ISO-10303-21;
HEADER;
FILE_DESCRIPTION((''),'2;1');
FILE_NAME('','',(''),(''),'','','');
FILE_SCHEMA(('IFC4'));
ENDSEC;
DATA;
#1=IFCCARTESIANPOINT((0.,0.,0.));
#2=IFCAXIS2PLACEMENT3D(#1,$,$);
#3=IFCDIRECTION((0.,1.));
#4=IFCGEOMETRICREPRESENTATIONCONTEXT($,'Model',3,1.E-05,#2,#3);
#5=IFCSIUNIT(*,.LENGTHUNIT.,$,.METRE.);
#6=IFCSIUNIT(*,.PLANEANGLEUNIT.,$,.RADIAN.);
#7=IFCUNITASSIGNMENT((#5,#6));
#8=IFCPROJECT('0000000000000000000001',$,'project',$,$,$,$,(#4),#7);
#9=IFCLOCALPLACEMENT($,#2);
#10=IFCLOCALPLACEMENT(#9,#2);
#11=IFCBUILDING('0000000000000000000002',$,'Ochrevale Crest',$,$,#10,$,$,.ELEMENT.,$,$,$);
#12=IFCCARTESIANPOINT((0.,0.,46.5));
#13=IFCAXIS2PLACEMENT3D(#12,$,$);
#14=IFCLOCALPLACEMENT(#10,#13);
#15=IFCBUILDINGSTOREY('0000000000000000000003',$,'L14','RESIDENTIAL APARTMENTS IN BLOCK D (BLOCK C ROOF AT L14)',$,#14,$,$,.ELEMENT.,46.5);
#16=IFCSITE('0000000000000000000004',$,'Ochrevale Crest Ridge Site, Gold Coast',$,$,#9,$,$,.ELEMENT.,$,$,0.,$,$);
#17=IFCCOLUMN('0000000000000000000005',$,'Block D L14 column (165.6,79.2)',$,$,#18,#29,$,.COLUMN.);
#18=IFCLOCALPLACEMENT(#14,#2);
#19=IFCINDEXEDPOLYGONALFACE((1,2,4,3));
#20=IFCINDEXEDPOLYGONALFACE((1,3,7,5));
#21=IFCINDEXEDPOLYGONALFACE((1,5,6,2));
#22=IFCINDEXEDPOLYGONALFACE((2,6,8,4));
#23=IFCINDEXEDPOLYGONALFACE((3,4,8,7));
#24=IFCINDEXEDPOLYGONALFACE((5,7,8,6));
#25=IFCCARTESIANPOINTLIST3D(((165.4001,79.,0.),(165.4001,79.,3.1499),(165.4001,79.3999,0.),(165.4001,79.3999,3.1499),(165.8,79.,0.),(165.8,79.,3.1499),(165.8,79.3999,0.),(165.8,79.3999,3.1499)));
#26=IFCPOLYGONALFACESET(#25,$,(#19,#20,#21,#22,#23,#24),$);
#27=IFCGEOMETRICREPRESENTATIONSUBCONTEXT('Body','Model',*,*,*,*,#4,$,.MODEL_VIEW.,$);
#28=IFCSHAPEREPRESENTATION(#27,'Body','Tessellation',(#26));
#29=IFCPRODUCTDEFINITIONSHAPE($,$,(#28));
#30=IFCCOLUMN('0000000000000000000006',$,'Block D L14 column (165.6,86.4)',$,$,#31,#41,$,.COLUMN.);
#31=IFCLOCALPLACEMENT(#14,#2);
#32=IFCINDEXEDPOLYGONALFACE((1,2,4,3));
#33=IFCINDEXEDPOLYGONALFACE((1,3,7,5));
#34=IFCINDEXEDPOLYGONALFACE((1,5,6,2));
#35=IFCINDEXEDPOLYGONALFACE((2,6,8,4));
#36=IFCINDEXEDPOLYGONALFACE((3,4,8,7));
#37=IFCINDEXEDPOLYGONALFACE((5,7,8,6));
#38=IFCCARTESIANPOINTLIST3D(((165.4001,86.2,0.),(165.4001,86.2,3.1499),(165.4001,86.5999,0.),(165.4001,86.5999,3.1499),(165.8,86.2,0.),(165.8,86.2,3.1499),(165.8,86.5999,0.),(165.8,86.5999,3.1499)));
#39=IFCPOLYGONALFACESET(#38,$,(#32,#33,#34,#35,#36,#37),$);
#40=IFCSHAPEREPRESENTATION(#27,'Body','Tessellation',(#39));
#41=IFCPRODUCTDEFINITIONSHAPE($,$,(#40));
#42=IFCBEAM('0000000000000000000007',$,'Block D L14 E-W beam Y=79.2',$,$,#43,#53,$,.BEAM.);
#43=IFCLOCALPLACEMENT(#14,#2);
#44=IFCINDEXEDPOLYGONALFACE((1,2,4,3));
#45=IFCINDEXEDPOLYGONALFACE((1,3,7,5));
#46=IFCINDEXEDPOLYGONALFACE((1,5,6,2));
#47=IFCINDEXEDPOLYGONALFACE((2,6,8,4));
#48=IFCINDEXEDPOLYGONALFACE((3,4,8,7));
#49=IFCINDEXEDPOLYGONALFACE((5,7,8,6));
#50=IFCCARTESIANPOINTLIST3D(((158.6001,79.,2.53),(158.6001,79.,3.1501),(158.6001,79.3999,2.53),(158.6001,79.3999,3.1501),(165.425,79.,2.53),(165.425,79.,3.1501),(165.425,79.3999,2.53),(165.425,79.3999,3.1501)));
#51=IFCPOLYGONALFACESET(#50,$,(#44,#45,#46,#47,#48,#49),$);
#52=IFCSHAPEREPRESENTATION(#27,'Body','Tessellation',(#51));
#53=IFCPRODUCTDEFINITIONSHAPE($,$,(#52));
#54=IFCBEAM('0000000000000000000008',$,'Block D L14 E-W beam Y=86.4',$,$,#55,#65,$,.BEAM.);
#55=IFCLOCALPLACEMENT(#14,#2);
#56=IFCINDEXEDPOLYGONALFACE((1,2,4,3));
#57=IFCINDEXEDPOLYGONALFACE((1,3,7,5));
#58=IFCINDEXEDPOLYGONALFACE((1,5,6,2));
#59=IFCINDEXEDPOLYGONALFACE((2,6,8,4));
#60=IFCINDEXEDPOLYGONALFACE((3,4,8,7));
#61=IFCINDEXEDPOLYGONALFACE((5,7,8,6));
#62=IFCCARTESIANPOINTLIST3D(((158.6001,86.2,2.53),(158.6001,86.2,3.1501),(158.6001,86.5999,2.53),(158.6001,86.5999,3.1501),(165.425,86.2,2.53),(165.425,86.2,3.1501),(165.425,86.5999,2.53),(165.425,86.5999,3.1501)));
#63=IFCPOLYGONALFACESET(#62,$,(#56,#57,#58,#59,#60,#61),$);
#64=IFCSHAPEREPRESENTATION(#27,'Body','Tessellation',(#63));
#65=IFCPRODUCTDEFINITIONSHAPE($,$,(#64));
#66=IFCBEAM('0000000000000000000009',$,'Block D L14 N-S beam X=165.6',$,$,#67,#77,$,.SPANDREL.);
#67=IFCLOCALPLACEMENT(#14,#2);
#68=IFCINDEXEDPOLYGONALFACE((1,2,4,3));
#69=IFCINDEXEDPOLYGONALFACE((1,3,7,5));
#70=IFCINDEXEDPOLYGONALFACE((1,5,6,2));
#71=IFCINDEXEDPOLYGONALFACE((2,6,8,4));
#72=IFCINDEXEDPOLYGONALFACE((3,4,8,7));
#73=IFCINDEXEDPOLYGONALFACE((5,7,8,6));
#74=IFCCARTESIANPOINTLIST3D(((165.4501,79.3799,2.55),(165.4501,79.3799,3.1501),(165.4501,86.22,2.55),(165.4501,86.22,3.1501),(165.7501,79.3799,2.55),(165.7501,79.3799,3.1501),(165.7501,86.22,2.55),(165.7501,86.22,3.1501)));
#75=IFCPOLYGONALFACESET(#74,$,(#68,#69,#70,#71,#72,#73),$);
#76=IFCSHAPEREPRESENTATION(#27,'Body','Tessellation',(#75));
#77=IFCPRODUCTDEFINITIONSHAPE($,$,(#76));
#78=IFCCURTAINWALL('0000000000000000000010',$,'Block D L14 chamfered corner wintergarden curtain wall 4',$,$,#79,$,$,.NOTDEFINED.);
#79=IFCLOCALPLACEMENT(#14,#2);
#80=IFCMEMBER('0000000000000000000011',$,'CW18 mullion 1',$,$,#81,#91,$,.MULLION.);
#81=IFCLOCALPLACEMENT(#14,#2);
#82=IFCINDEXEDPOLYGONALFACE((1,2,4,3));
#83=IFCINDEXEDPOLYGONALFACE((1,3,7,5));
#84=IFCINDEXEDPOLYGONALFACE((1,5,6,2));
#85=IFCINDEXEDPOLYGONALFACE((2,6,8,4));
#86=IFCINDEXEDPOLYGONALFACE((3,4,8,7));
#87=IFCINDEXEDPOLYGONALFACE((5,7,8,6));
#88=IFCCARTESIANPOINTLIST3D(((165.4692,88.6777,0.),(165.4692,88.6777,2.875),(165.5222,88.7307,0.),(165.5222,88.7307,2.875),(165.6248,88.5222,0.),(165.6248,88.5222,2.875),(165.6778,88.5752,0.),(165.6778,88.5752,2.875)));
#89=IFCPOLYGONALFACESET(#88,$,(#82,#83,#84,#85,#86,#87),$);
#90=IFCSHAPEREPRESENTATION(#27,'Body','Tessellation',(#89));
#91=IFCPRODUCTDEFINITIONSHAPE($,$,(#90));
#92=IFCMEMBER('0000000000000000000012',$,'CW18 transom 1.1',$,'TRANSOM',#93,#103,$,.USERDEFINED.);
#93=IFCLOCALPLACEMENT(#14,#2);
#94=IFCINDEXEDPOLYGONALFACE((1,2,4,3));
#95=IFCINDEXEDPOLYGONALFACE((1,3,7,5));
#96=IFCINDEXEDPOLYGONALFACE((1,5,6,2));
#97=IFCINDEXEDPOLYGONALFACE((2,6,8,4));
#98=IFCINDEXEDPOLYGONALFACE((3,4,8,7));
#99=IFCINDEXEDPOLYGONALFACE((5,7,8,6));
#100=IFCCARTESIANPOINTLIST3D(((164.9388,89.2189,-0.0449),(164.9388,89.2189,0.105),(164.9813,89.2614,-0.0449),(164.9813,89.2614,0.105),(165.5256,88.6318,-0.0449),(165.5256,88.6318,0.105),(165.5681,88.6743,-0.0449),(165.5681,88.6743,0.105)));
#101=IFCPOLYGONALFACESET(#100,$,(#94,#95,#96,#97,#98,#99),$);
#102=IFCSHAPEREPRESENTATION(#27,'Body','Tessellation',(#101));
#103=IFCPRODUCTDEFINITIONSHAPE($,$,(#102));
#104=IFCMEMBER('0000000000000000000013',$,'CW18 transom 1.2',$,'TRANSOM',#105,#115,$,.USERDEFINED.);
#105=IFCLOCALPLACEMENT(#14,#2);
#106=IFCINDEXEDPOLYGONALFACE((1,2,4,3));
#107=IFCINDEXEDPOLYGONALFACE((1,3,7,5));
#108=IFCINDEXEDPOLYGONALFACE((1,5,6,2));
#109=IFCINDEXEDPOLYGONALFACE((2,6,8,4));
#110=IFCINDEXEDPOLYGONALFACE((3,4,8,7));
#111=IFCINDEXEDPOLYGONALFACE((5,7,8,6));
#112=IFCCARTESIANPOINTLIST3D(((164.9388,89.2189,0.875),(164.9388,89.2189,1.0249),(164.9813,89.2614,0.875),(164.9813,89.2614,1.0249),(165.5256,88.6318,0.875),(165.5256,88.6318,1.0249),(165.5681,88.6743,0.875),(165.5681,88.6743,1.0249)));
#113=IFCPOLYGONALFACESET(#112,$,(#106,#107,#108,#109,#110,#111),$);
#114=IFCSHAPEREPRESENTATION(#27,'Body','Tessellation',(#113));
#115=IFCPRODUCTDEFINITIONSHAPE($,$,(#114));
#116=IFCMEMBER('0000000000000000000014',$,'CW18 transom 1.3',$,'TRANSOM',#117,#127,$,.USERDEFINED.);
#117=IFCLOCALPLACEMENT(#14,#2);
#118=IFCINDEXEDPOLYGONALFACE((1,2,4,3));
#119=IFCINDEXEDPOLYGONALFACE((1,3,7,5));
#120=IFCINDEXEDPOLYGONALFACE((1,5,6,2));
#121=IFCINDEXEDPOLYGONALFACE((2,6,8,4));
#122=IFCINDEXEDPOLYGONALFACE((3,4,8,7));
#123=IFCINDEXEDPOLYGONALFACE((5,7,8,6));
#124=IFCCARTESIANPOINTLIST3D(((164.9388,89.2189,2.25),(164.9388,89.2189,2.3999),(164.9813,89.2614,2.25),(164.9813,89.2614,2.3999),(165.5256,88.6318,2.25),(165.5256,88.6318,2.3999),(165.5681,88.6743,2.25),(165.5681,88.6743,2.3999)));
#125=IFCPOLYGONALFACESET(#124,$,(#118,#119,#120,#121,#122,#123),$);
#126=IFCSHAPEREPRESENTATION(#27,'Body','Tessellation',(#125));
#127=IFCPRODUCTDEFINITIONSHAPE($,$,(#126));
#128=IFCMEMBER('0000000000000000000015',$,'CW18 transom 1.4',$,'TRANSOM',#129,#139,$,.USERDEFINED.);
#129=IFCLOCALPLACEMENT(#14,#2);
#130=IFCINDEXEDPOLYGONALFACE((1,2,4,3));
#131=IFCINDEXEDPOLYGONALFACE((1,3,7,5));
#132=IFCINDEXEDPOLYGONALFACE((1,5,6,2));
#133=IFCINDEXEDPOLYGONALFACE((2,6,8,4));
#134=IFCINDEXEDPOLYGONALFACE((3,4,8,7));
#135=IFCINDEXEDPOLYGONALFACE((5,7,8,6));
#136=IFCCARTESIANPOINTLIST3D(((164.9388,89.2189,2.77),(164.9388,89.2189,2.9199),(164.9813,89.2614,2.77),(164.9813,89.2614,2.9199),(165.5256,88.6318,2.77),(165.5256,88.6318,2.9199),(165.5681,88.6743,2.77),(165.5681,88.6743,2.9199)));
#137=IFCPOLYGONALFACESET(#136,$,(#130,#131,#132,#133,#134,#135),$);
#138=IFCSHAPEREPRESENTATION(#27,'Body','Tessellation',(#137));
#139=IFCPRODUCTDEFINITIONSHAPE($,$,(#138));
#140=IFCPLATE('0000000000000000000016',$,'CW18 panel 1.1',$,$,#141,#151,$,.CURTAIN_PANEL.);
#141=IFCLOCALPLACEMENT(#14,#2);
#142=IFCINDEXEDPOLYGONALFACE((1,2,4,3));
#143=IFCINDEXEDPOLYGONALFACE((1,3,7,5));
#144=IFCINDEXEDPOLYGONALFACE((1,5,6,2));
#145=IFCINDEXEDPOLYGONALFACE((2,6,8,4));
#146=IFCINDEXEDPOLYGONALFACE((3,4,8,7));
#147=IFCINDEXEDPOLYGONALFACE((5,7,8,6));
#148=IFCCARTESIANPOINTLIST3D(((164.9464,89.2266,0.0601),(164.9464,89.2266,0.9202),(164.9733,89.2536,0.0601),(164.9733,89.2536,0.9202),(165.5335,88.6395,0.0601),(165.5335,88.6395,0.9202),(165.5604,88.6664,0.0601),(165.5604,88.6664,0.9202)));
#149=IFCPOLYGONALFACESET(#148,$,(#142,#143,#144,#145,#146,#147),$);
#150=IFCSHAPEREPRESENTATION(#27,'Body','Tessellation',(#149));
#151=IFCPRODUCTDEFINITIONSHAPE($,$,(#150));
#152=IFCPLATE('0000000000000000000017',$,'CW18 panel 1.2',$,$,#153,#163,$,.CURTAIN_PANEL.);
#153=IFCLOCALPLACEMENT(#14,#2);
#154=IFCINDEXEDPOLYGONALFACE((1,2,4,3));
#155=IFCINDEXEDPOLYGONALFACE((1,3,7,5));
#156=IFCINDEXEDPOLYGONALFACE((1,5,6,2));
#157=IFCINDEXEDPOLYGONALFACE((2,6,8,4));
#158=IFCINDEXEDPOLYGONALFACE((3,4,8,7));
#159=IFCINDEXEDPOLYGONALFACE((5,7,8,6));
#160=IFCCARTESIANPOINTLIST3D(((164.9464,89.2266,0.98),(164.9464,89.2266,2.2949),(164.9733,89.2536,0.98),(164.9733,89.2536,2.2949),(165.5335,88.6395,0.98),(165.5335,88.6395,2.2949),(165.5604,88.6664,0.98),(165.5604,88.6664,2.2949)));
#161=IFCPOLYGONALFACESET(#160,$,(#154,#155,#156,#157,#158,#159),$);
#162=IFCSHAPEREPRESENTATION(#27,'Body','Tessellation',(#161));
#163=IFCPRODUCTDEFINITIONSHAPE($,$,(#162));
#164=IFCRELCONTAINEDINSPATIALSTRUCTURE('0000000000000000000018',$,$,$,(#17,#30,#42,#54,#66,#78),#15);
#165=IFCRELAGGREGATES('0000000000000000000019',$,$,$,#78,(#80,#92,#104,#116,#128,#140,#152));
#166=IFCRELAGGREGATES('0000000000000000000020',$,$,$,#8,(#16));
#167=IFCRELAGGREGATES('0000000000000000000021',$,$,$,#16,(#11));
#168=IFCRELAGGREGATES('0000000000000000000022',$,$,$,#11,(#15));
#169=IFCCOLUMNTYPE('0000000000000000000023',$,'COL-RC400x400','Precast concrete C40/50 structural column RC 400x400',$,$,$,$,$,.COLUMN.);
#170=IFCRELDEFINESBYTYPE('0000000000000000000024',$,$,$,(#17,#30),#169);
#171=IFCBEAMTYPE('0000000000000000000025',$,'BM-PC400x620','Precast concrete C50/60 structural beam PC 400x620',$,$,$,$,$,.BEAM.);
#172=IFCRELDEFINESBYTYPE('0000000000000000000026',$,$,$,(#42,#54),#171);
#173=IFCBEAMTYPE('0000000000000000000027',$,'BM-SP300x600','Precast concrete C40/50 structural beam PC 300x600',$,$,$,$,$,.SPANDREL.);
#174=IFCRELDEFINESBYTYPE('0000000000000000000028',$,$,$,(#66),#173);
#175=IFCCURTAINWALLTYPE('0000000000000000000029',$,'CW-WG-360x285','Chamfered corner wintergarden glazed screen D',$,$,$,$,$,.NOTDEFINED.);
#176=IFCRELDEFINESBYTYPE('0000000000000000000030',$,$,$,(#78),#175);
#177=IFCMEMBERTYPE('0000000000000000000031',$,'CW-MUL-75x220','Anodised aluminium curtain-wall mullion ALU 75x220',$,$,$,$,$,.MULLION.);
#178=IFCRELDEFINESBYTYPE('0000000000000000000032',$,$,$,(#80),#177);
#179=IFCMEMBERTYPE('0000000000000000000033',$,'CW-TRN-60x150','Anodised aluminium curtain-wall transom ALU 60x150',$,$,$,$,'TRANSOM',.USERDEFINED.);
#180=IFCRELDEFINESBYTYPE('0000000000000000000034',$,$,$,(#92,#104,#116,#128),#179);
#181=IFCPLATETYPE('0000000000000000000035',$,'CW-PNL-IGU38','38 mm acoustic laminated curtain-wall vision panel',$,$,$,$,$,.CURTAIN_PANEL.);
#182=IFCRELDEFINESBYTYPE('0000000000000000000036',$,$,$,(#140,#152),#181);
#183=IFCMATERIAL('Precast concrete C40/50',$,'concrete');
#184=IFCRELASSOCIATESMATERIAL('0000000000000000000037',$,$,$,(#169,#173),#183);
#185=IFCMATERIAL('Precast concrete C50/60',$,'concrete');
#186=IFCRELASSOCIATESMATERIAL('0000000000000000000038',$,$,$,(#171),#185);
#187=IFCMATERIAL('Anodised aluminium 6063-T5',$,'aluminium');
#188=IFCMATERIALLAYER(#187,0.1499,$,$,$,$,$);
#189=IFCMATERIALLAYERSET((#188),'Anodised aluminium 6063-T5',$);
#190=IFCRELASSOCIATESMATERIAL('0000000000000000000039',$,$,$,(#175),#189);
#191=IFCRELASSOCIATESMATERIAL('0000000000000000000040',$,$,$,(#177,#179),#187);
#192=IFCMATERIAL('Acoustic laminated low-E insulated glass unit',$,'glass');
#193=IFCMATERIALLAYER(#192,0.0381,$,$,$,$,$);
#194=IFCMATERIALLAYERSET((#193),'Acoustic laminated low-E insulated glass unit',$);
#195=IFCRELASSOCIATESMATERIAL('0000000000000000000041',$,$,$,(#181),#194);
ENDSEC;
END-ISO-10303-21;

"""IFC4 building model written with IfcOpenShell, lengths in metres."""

from ifc_helpers import new_model, si_unit, direction, frame, origin, origin_2d, place, context, subcontext, project, spatial, rectangle, extrude, material, layer, layer_set, material_profile, profile_set, type_object, element, aggregate, save


model = new_model("IFC4")

# Units and contexts
model_context = context("Model", 3, precision=1e-05, world=origin(), true_north=direction((0.0, 1.0)))
body_context = subcontext(model_context, "Body", "Model", "MODEL_VIEW")
ifc_project = project(units=[si_unit("LENGTHUNIT", "METRE"), si_unit("PLANEANGLEUNIT", "RADIAN")], contexts=[model_context])

# Site, building, storey
site_placement = place(None, origin())
site = spatial("IfcSite", under=ifc_project, at=site_placement, Name="Ochrevale Crest Ridge Site, Gold Coast", CompositionType="ELEMENT", RefElevation=0.0)
building_placement = place(site_placement, origin())
building = spatial("IfcBuilding", under=site, at=building_placement, Name="Ochrevale Crest", CompositionType="ELEMENT")
storey_placement = place(building_placement, frame((0.0, 0.0, 46.5)))
storey = spatial("IfcBuildingStorey", under=building, at=storey_placement, Name="L14", Description="RESIDENTIAL APARTMENTS IN BLOCK D (BLOCK C ROOF AT L14)", CompositionType="ELEMENT", Elevation=46.5)

# Columns
ifc_material_1 = material(Name="Precast concrete C40/50", Category="concrete")
ifc_material_profile_1 = material_profile(ifc_material_1, rectangle(XDim=0.3999, YDim=0.3999, at=origin_2d()), Name="RC 400x400")
ifc_profile_set_1 = profile_set([ifc_material_profile_1], Name="Precast concrete C40/50")
column_type = type_object("IfcColumnType", Name="COL-RC400x400", Description="Precast concrete C40/50 structural column RC 400x400", PredefinedType="COLUMN", material=ifc_profile_set_1)
for number, where, z_axis, x_axis, name in (
    (1, (165.6001, 79.2, 0.0), (0.0, 0.0, 1.0), (1.0, 0.0, 0.0), "Block D L14 column (165.6,79.2)"),
    (2, (165.6001, 86.3999, 0.0), (0.0, 0.0, 1.0), (1.0, 0.0, 0.0), "Block D L14 column (165.6,86.4)"),
):
    element("IfcColumn", number, at=place(storey_placement, frame(where, z_axis=z_axis, x_axis=x_axis)), inside=storey, type_object=column_type, Name=name, PredefinedType="COLUMN", context=body_context, shape_type="SweptSolid", body=[
        extrude(rectangle(XDim=0.3999, YDim=0.3999, at=origin_2d()), origin(), (0.0, 0.0, 1.0), 3.1499),
    ])

# Beams
ifc_material_2 = material(Name="Precast concrete C50/60", Category="concrete")
ifc_material_profile_2 = material_profile(ifc_material_2, rectangle(XDim=0.3999, YDim=0.6201, at=origin_2d()), Name="PC 400x620")
ifc_profile_set_2 = profile_set([ifc_material_profile_2], Name="Precast concrete C50/60")
beam_type_1 = type_object("IfcBeamType", Name="BM-PC400x620", Description="Precast concrete C50/60 structural beam PC 400x620", PredefinedType="BEAM", material=ifc_profile_set_2)
for number, where, z_axis, x_axis, name in (
    (3, (158.6001, 79.2, 2.8401), (1.0, 0.0, 0.0), (0.0, 1.0, 0.0), "Block D L14 E-W beam Y=79.2"),
    (4, (158.6001, 86.3999, 2.8401), (1.0, 0.0, 0.0), (0.0, 1.0, 0.0), "Block D L14 E-W beam Y=86.4"),
):
    element("IfcBeam", number, at=place(storey_placement, frame(where, z_axis=z_axis, x_axis=x_axis)), inside=storey, type_object=beam_type_1, Name=name, PredefinedType="BEAM", context=body_context, shape_type="SweptSolid", body=[
        extrude(rectangle(XDim=0.3999, YDim=0.6201, at=origin_2d()), origin(), (0.0, 0.0, 1.0), 6.825),
    ])
ifc_material_profile_3 = material_profile(ifc_material_1, rectangle(XDim=0.3, YDim=0.6001, at=origin_2d()), Name="PC 300x600")
ifc_profile_set_3 = profile_set([ifc_material_profile_3], Name="Precast concrete C40/50")
beam_type_2 = type_object("IfcBeamType", Name="BM-SP300x600", Description="Precast concrete C40/50 structural beam PC 300x600", PredefinedType="SPANDREL", material=ifc_profile_set_3)
beam_placement = place(storey_placement, frame((165.6001, 79.3799, 2.8501), z_axis=(0.0, 1.0, 0.0), x_axis=(-1.0, 0.0, 0.0)))
element("IfcBeam", 5, at=beam_placement, inside=storey, type_object=beam_type_2, Name="Block D L14 N-S beam X=165.6", PredefinedType="SPANDREL", context=body_context, shape_type="SweptSolid", body=[
    extrude(rectangle(XDim=0.3, YDim=0.6001, at=origin_2d()), origin(), (0.0, 0.0, 1.0), 6.8401),
])

# Curtain wall, members, plates
ifc_material_3 = material(Name="Anodised aluminium 6063-T5", Category="aluminium")
ifc_layer_1 = layer(ifc_material_3, 0.1499)
ifc_layer_set_1 = layer_set([ifc_layer_1], Name="Anodised aluminium 6063-T5")
curtain_wall_type = type_object("IfcCurtainWallType", Name="CW-WG-360x285", Description="Chamfered corner wintergarden glazed screen D", PredefinedType="NOTDEFINED", material=ifc_layer_set_1)
curtain_wall_placement = place(storey_placement, origin())
curtain_wall = element("IfcCurtainWall", 6, at=curtain_wall_placement, inside=storey, type_object=curtain_wall_type, Name="Block D L14 chamfered corner wintergarden curtain wall 4", PredefinedType="NOTDEFINED")
ifc_material_profile_4 = material_profile(ifc_material_3, rectangle(XDim=0.075, YDim=0.22, at=origin_2d()), Name="ALU 75x220")
ifc_profile_set_4 = profile_set([ifc_material_profile_4], Name="Anodised aluminium 6063-T5")
member_type_1 = type_object("IfcMemberType", Name="CW-MUL-75x220", Description="Anodised aluminium curtain-wall mullion ALU 75x220", PredefinedType="MULLION", material=ifc_profile_set_4)
member_1_placement = place(storey_placement, frame((165.5735, 88.6265, 0.0), z_axis=(0.0, 0.0, 1.0), x_axis=(-0.707107, -0.707107, 0.0)))
member_1 = element("IfcMember", 7, at=member_1_placement, type_object=member_type_1, Name="CW18 mullion 1", PredefinedType="MULLION", context=body_context, shape_type="SweptSolid", body=[
    extrude(rectangle(XDim=0.075, YDim=0.22, at=origin_2d()), origin(), (0.0, 0.0, 1.0), 2.875),
])
ifc_material_profile_5 = material_profile(ifc_material_3, rectangle(XDim=0.0601, YDim=0.1499, at=origin_2d()), Name="ALU 60x150")
ifc_profile_set_5 = profile_set([ifc_material_profile_5], Name="Anodised aluminium 6063-T5")
member_type_2 = type_object("IfcMemberType", Name="CW-TRN-60x150", Description="Anodised aluminium curtain-wall transom ALU 60x150", ElementType="TRANSOM", PredefinedType="USERDEFINED", material=ifc_profile_set_5)
member_2_placement = place(storey_placement, frame((165.5469, 88.6531, 0.03), z_axis=(-0.70696, 0.707254, 0.0), x_axis=(-0.707254, -0.70696, 0.0)))
member_2 = element("IfcMember", 8, at=member_2_placement, type_object=member_type_2, Name="CW18 transom 1.1", ObjectType="TRANSOM", PredefinedType="USERDEFINED", context=body_context, shape_type="SweptSolid", body=[
    extrude(rectangle(XDim=0.0601, YDim=0.1499, at=origin_2d()), origin(), (0.0, 0.0, 1.0), 0.8301),
])
member_3_placement = place(storey_placement, frame((165.5469, 88.6531, 0.95), z_axis=(-0.70696, 0.707254, 0.0), x_axis=(-0.707254, -0.70696, 0.0)))
member_3 = element("IfcMember", 9, at=member_3_placement, type_object=member_type_2, Name="CW18 transom 1.2", ObjectType="TRANSOM", PredefinedType="USERDEFINED", context=body_context, shape_type="SweptSolid", body=[
    extrude(rectangle(XDim=0.0601, YDim=0.1499, at=origin_2d()), origin(), (0.0, 0.0, 1.0), 0.8301),
])
member_4_placement = place(storey_placement, frame((165.5469, 88.6531, 2.325), z_axis=(-0.70696, 0.707254, 0.0), x_axis=(-0.707254, -0.70696, 0.0)))
member_4 = element("IfcMember", 10, at=member_4_placement, type_object=member_type_2, Name="CW18 transom 1.3", ObjectType="TRANSOM", PredefinedType="USERDEFINED", context=body_context, shape_type="SweptSolid", body=[
    extrude(rectangle(XDim=0.0601, YDim=0.1499, at=origin_2d()), origin(), (0.0, 0.0, 1.0), 0.8301),
])
member_5_placement = place(storey_placement, frame((165.5469, 88.6531, 2.845), z_axis=(-0.70696, 0.707254, 0.0), x_axis=(-0.707254, -0.70696, 0.0)))
member_5 = element("IfcMember", 11, at=member_5_placement, type_object=member_type_2, Name="CW18 transom 1.4", ObjectType="TRANSOM", PredefinedType="USERDEFINED", context=body_context, shape_type="SweptSolid", body=[
    extrude(rectangle(XDim=0.0601, YDim=0.1499, at=origin_2d()), origin(), (0.0, 0.0, 1.0), 0.8301),
])
ifc_material_4 = material(Name="Acoustic laminated low-E insulated glass unit", Category="glass")
ifc_layer_2 = layer(ifc_material_4, 0.0381)
ifc_layer_set_2 = layer_set([ifc_layer_2], Name="Acoustic laminated low-E insulated glass unit")
plate_type = type_object("IfcPlateType", Name="CW-PNL-IGU38", Description="38 mm acoustic laminated curtain-wall vision panel", PredefinedType="CURTAIN_PANEL", material=ifc_layer_set_2)
plate_1_placement = place(storey_placement, frame((165.2534, 88.9465, 0.0601), z_axis=(0.0, 0.0, 1.0), x_axis=(-0.707107, 0.707107, 0.0)))
plate_1 = element("IfcPlate", 12, at=plate_1_placement, type_object=plate_type, Name="CW18 panel 1.1", PredefinedType="CURTAIN_PANEL", context=body_context, shape_type="SweptSolid", body=[
    extrude(rectangle(XDim=0.8303, YDim=0.0381, at=origin_2d()), origin(), (0.0, 0.0, 1.0), 0.8601),
])
plate_2_placement = place(storey_placement, frame((165.2534, 88.9465, 0.98), z_axis=(0.0, 0.0, 1.0), x_axis=(-0.707107, 0.707107, 0.0)))
plate_2 = element("IfcPlate", 13, at=plate_2_placement, type_object=plate_type, Name="CW18 panel 1.2", PredefinedType="CURTAIN_PANEL", context=body_context, shape_type="SweptSolid", body=[
    extrude(rectangle(XDim=0.8303, YDim=0.0381, at=origin_2d()), origin(), (0.0, 0.0, 1.0), 1.3149),
])
aggregate(curtain_wall, [member_1, member_2, member_3, member_4, member_5, plate_1, plate_2])

save(model, "model.ifc")
